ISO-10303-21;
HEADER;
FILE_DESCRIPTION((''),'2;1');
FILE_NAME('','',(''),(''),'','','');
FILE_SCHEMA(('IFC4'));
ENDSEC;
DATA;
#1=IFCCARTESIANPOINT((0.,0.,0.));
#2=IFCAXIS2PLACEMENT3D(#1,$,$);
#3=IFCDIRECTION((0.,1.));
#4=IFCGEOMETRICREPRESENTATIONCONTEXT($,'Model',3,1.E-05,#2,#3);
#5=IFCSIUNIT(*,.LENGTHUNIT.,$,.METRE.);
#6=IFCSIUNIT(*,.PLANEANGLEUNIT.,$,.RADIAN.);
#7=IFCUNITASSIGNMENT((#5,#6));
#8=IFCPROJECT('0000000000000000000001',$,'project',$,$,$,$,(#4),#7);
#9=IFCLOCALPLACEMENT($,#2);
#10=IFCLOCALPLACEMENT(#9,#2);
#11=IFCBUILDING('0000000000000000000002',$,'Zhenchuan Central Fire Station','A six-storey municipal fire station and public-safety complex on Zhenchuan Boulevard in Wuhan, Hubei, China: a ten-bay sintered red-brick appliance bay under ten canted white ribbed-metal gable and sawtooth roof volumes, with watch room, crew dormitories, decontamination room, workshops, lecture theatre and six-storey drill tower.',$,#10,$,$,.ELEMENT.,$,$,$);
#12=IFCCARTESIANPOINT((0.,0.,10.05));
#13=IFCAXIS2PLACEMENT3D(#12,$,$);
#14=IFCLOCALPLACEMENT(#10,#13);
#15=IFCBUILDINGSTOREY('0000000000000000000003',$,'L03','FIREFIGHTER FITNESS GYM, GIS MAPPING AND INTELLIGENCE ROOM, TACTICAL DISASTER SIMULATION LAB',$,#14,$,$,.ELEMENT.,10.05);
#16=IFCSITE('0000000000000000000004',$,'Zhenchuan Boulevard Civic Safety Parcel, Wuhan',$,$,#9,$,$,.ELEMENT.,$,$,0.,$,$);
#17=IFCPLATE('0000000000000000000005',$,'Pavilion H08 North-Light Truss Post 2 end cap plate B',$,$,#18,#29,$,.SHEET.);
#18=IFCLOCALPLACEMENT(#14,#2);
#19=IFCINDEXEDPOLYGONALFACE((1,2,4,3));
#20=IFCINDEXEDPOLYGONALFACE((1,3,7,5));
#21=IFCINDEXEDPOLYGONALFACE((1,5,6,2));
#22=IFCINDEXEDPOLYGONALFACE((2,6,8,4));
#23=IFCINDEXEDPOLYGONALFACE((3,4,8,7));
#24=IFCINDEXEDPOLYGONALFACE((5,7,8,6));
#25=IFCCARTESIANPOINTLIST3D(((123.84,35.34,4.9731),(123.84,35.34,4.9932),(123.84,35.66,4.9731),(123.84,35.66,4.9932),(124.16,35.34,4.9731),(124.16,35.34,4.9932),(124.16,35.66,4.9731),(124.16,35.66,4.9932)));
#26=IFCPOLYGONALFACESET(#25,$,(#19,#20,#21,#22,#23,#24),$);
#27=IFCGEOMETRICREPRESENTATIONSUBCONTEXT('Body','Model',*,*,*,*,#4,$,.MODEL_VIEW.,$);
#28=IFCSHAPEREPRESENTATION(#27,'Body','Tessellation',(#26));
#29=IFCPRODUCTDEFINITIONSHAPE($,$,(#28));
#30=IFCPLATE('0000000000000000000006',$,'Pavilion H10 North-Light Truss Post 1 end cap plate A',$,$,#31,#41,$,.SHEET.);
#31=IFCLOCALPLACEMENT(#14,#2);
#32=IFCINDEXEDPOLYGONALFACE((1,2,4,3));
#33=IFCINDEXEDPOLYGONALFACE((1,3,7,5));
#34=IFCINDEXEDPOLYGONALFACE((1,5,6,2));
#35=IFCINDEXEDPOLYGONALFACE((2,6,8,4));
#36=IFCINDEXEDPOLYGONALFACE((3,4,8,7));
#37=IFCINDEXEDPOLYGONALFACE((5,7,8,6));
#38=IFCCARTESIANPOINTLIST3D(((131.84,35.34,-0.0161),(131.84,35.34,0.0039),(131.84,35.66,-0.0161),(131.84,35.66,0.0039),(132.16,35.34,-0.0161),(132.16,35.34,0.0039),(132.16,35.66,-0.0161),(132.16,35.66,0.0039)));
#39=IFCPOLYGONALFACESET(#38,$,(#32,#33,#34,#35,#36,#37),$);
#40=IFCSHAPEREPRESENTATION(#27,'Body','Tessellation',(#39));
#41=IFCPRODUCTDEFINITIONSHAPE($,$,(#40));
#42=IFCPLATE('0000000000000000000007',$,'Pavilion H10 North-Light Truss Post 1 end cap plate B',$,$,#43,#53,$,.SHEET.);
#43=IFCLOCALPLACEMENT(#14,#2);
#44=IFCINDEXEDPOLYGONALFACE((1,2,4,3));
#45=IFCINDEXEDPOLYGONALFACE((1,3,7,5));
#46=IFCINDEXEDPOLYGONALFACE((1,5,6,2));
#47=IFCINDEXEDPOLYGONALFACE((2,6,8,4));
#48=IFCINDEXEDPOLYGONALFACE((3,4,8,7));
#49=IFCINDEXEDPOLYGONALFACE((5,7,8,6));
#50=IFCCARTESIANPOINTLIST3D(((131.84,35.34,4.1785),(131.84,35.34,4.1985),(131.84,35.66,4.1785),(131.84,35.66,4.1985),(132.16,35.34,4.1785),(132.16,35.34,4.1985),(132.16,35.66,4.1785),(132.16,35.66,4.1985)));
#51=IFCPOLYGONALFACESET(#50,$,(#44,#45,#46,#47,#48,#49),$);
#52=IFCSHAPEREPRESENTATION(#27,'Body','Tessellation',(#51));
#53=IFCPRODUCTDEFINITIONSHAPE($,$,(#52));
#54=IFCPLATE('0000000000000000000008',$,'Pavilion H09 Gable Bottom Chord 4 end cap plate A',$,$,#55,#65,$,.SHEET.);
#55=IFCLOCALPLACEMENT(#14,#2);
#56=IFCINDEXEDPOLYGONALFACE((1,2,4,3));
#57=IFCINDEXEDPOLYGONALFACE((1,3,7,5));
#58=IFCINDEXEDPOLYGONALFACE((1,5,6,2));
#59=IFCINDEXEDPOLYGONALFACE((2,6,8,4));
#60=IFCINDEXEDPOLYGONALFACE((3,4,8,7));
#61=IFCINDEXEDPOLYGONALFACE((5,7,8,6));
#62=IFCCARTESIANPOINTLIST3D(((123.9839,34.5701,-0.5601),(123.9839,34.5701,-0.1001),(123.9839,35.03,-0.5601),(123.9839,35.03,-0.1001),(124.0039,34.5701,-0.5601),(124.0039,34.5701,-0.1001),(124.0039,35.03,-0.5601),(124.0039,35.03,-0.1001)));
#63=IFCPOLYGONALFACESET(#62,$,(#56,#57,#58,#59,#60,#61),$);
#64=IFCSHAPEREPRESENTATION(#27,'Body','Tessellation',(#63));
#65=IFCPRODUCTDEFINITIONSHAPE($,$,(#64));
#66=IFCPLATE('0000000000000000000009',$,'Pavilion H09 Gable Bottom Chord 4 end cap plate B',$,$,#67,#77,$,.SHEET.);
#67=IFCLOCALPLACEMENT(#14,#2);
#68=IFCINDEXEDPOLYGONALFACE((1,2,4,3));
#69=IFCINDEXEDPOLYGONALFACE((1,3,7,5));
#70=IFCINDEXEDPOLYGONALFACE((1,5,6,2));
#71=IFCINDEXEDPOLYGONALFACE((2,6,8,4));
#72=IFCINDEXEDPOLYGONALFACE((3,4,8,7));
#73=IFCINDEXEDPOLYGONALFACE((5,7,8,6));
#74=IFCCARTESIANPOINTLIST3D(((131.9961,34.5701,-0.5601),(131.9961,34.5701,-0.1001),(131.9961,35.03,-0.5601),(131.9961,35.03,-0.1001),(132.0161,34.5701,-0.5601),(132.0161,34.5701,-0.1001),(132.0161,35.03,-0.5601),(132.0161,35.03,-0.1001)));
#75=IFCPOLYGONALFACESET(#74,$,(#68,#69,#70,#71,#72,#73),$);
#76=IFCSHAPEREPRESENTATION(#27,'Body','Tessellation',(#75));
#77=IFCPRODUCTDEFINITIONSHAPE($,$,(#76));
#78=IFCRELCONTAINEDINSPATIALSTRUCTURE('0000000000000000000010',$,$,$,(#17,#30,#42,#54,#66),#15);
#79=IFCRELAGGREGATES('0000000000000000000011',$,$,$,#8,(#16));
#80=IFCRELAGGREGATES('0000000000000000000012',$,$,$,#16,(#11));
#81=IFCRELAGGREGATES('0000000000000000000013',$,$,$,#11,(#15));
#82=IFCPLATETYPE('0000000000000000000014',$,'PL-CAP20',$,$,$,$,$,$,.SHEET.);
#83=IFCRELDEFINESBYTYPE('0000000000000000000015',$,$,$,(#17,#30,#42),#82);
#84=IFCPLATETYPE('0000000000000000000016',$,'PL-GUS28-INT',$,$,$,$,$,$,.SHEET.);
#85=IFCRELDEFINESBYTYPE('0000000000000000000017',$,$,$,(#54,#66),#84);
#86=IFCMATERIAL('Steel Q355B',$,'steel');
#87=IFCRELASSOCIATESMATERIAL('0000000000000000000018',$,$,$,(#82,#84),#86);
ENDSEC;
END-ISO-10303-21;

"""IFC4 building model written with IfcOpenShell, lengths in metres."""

from ifc_helpers import new_model, si_unit, direction, frame, origin, origin_2d, place, context, subcontext, project, spatial, rectangle, extrude, material, material_profile, profile_set, type_object, element, save


model = new_model("IFC4")

# Units and contexts
model_context = context("Model", 3, precision=1e-05, world=origin(), true_north=direction((0.0, 1.0)))
body_context = subcontext(model_context, "Body", "Model", "MODEL_VIEW")
ifc_project = project(units=[si_unit("LENGTHUNIT", "METRE"), si_unit("PLANEANGLEUNIT", "RADIAN")], contexts=[model_context])

# Site, building, storey
site_placement = place(None, origin())
site = spatial("IfcSite", under=ifc_project, at=site_placement, Name="Zhenchuan Boulevard Civic Safety Parcel, Wuhan", CompositionType="ELEMENT", RefElevation=0.0)
building_placement = place(site_placement, origin())
building = spatial("IfcBuilding", under=site, at=building_placement, Name="Zhenchuan Central Fire Station", Description="A six-storey municipal fire station and public-safety complex on Zhenchuan Boulevard in Wuhan, Hubei, China: a ten-bay sintered red-brick appliance bay under ten canted white ribbed-metal gable and sawtooth roof volumes, with watch room, crew dormitories, decontamination room, workshops, lecture theatre and six-storey drill tower.", CompositionType="ELEMENT")
storey_placement = place(building_placement, frame((0.0, 0.0, 10.05)))
storey = spatial("IfcBuildingStorey", under=building, at=storey_placement, Name="L03", Description="FIREFIGHTER FITNESS GYM, GIS MAPPING AND INTELLIGENCE ROOM, TACTICAL DISASTER SIMULATION LAB", CompositionType="ELEMENT", Elevation=10.05)

# Shared definitions
ifc_material_1 = material(Name="Steel Q355B", Category="steel")

# Plates
ifc_material_profile_1 = material_profile(ifc_material_1, rectangle(XDim=0.3201, YDim=0.3201, at=origin_2d()), Name="PL 320x320x20")
ifc_profile_set_1 = profile_set([ifc_material_profile_1], Name="Steel Q355B")
plate_type_1 = type_object("IfcPlateType", Name="PL-CAP20", PredefinedType="SHEET", material=ifc_profile_set_1)
for number, where, z_axis, x_axis, name in (
    (1, (124.0, 35.5, 4.9731), (0.0, 0.0, 1.0), (1.0, 0.0, 0.0), "Pavilion H08 North-Light Truss Post 2 end cap plate B"),
    (2, (132.0, 35.5, -0.0161), (0.0, 0.0, 1.0), (1.0, 0.0, 0.0), "Pavilion H10 North-Light Truss Post 1 end cap plate A"),
    (3, (132.0, 35.5, 4.1785), (0.0, 0.0, 1.0), (1.0, 0.0, 0.0), "Pavilion H10 North-Light Truss Post 1 end cap plate B"),
):
    element("IfcPlate", number, at=place(storey_placement, frame(where, z_axis=z_axis, x_axis=x_axis)), inside=storey, type_object=plate_type_1, Name=name, PredefinedType="SHEET", context=body_context, shape_type="SweptSolid", body=[
        extrude(rectangle(XDim=0.3201, YDim=0.3201, at=origin_2d()), origin(), (0.0, 0.0, 1.0), 0.02),
    ])
ifc_material_profile_2 = material_profile(ifc_material_1, rectangle(XDim=0.46, YDim=0.46, at=origin_2d()), Name="PL 460x460x28")
ifc_profile_set_2 = profile_set([ifc_material_profile_2], Name="Steel Q355B")
plate_type_2 = type_object("IfcPlateType", Name="PL-GUS28-INT", PredefinedType="SHEET", material=ifc_profile_set_2)
for number, where, z_axis, x_axis, name in (
    (4, (123.9839, 34.8, -0.3301), (1.0, 0.0, 0.0), (0.0, 1.0, 0.0), "Pavilion H09 Gable Bottom Chord 4 end cap plate A"),
    (5, (131.9961, 34.8, -0.3301), (1.0, 0.0, 0.0), (0.0, 1.0, 0.0), "Pavilion H09 Gable Bottom Chord 4 end cap plate B"),
):
    element("IfcPlate", number, at=place(storey_placement, frame(where, z_axis=z_axis, x_axis=x_axis)), inside=storey, type_object=plate_type_2, Name=name, PredefinedType="SHEET", context=body_context, shape_type="SweptSolid", body=[
        extrude(rectangle(XDim=0.46, YDim=0.46, at=origin_2d()), origin(), (0.0, 0.0, 1.0), 0.02),
    ])

save(model, "model.ifc")
